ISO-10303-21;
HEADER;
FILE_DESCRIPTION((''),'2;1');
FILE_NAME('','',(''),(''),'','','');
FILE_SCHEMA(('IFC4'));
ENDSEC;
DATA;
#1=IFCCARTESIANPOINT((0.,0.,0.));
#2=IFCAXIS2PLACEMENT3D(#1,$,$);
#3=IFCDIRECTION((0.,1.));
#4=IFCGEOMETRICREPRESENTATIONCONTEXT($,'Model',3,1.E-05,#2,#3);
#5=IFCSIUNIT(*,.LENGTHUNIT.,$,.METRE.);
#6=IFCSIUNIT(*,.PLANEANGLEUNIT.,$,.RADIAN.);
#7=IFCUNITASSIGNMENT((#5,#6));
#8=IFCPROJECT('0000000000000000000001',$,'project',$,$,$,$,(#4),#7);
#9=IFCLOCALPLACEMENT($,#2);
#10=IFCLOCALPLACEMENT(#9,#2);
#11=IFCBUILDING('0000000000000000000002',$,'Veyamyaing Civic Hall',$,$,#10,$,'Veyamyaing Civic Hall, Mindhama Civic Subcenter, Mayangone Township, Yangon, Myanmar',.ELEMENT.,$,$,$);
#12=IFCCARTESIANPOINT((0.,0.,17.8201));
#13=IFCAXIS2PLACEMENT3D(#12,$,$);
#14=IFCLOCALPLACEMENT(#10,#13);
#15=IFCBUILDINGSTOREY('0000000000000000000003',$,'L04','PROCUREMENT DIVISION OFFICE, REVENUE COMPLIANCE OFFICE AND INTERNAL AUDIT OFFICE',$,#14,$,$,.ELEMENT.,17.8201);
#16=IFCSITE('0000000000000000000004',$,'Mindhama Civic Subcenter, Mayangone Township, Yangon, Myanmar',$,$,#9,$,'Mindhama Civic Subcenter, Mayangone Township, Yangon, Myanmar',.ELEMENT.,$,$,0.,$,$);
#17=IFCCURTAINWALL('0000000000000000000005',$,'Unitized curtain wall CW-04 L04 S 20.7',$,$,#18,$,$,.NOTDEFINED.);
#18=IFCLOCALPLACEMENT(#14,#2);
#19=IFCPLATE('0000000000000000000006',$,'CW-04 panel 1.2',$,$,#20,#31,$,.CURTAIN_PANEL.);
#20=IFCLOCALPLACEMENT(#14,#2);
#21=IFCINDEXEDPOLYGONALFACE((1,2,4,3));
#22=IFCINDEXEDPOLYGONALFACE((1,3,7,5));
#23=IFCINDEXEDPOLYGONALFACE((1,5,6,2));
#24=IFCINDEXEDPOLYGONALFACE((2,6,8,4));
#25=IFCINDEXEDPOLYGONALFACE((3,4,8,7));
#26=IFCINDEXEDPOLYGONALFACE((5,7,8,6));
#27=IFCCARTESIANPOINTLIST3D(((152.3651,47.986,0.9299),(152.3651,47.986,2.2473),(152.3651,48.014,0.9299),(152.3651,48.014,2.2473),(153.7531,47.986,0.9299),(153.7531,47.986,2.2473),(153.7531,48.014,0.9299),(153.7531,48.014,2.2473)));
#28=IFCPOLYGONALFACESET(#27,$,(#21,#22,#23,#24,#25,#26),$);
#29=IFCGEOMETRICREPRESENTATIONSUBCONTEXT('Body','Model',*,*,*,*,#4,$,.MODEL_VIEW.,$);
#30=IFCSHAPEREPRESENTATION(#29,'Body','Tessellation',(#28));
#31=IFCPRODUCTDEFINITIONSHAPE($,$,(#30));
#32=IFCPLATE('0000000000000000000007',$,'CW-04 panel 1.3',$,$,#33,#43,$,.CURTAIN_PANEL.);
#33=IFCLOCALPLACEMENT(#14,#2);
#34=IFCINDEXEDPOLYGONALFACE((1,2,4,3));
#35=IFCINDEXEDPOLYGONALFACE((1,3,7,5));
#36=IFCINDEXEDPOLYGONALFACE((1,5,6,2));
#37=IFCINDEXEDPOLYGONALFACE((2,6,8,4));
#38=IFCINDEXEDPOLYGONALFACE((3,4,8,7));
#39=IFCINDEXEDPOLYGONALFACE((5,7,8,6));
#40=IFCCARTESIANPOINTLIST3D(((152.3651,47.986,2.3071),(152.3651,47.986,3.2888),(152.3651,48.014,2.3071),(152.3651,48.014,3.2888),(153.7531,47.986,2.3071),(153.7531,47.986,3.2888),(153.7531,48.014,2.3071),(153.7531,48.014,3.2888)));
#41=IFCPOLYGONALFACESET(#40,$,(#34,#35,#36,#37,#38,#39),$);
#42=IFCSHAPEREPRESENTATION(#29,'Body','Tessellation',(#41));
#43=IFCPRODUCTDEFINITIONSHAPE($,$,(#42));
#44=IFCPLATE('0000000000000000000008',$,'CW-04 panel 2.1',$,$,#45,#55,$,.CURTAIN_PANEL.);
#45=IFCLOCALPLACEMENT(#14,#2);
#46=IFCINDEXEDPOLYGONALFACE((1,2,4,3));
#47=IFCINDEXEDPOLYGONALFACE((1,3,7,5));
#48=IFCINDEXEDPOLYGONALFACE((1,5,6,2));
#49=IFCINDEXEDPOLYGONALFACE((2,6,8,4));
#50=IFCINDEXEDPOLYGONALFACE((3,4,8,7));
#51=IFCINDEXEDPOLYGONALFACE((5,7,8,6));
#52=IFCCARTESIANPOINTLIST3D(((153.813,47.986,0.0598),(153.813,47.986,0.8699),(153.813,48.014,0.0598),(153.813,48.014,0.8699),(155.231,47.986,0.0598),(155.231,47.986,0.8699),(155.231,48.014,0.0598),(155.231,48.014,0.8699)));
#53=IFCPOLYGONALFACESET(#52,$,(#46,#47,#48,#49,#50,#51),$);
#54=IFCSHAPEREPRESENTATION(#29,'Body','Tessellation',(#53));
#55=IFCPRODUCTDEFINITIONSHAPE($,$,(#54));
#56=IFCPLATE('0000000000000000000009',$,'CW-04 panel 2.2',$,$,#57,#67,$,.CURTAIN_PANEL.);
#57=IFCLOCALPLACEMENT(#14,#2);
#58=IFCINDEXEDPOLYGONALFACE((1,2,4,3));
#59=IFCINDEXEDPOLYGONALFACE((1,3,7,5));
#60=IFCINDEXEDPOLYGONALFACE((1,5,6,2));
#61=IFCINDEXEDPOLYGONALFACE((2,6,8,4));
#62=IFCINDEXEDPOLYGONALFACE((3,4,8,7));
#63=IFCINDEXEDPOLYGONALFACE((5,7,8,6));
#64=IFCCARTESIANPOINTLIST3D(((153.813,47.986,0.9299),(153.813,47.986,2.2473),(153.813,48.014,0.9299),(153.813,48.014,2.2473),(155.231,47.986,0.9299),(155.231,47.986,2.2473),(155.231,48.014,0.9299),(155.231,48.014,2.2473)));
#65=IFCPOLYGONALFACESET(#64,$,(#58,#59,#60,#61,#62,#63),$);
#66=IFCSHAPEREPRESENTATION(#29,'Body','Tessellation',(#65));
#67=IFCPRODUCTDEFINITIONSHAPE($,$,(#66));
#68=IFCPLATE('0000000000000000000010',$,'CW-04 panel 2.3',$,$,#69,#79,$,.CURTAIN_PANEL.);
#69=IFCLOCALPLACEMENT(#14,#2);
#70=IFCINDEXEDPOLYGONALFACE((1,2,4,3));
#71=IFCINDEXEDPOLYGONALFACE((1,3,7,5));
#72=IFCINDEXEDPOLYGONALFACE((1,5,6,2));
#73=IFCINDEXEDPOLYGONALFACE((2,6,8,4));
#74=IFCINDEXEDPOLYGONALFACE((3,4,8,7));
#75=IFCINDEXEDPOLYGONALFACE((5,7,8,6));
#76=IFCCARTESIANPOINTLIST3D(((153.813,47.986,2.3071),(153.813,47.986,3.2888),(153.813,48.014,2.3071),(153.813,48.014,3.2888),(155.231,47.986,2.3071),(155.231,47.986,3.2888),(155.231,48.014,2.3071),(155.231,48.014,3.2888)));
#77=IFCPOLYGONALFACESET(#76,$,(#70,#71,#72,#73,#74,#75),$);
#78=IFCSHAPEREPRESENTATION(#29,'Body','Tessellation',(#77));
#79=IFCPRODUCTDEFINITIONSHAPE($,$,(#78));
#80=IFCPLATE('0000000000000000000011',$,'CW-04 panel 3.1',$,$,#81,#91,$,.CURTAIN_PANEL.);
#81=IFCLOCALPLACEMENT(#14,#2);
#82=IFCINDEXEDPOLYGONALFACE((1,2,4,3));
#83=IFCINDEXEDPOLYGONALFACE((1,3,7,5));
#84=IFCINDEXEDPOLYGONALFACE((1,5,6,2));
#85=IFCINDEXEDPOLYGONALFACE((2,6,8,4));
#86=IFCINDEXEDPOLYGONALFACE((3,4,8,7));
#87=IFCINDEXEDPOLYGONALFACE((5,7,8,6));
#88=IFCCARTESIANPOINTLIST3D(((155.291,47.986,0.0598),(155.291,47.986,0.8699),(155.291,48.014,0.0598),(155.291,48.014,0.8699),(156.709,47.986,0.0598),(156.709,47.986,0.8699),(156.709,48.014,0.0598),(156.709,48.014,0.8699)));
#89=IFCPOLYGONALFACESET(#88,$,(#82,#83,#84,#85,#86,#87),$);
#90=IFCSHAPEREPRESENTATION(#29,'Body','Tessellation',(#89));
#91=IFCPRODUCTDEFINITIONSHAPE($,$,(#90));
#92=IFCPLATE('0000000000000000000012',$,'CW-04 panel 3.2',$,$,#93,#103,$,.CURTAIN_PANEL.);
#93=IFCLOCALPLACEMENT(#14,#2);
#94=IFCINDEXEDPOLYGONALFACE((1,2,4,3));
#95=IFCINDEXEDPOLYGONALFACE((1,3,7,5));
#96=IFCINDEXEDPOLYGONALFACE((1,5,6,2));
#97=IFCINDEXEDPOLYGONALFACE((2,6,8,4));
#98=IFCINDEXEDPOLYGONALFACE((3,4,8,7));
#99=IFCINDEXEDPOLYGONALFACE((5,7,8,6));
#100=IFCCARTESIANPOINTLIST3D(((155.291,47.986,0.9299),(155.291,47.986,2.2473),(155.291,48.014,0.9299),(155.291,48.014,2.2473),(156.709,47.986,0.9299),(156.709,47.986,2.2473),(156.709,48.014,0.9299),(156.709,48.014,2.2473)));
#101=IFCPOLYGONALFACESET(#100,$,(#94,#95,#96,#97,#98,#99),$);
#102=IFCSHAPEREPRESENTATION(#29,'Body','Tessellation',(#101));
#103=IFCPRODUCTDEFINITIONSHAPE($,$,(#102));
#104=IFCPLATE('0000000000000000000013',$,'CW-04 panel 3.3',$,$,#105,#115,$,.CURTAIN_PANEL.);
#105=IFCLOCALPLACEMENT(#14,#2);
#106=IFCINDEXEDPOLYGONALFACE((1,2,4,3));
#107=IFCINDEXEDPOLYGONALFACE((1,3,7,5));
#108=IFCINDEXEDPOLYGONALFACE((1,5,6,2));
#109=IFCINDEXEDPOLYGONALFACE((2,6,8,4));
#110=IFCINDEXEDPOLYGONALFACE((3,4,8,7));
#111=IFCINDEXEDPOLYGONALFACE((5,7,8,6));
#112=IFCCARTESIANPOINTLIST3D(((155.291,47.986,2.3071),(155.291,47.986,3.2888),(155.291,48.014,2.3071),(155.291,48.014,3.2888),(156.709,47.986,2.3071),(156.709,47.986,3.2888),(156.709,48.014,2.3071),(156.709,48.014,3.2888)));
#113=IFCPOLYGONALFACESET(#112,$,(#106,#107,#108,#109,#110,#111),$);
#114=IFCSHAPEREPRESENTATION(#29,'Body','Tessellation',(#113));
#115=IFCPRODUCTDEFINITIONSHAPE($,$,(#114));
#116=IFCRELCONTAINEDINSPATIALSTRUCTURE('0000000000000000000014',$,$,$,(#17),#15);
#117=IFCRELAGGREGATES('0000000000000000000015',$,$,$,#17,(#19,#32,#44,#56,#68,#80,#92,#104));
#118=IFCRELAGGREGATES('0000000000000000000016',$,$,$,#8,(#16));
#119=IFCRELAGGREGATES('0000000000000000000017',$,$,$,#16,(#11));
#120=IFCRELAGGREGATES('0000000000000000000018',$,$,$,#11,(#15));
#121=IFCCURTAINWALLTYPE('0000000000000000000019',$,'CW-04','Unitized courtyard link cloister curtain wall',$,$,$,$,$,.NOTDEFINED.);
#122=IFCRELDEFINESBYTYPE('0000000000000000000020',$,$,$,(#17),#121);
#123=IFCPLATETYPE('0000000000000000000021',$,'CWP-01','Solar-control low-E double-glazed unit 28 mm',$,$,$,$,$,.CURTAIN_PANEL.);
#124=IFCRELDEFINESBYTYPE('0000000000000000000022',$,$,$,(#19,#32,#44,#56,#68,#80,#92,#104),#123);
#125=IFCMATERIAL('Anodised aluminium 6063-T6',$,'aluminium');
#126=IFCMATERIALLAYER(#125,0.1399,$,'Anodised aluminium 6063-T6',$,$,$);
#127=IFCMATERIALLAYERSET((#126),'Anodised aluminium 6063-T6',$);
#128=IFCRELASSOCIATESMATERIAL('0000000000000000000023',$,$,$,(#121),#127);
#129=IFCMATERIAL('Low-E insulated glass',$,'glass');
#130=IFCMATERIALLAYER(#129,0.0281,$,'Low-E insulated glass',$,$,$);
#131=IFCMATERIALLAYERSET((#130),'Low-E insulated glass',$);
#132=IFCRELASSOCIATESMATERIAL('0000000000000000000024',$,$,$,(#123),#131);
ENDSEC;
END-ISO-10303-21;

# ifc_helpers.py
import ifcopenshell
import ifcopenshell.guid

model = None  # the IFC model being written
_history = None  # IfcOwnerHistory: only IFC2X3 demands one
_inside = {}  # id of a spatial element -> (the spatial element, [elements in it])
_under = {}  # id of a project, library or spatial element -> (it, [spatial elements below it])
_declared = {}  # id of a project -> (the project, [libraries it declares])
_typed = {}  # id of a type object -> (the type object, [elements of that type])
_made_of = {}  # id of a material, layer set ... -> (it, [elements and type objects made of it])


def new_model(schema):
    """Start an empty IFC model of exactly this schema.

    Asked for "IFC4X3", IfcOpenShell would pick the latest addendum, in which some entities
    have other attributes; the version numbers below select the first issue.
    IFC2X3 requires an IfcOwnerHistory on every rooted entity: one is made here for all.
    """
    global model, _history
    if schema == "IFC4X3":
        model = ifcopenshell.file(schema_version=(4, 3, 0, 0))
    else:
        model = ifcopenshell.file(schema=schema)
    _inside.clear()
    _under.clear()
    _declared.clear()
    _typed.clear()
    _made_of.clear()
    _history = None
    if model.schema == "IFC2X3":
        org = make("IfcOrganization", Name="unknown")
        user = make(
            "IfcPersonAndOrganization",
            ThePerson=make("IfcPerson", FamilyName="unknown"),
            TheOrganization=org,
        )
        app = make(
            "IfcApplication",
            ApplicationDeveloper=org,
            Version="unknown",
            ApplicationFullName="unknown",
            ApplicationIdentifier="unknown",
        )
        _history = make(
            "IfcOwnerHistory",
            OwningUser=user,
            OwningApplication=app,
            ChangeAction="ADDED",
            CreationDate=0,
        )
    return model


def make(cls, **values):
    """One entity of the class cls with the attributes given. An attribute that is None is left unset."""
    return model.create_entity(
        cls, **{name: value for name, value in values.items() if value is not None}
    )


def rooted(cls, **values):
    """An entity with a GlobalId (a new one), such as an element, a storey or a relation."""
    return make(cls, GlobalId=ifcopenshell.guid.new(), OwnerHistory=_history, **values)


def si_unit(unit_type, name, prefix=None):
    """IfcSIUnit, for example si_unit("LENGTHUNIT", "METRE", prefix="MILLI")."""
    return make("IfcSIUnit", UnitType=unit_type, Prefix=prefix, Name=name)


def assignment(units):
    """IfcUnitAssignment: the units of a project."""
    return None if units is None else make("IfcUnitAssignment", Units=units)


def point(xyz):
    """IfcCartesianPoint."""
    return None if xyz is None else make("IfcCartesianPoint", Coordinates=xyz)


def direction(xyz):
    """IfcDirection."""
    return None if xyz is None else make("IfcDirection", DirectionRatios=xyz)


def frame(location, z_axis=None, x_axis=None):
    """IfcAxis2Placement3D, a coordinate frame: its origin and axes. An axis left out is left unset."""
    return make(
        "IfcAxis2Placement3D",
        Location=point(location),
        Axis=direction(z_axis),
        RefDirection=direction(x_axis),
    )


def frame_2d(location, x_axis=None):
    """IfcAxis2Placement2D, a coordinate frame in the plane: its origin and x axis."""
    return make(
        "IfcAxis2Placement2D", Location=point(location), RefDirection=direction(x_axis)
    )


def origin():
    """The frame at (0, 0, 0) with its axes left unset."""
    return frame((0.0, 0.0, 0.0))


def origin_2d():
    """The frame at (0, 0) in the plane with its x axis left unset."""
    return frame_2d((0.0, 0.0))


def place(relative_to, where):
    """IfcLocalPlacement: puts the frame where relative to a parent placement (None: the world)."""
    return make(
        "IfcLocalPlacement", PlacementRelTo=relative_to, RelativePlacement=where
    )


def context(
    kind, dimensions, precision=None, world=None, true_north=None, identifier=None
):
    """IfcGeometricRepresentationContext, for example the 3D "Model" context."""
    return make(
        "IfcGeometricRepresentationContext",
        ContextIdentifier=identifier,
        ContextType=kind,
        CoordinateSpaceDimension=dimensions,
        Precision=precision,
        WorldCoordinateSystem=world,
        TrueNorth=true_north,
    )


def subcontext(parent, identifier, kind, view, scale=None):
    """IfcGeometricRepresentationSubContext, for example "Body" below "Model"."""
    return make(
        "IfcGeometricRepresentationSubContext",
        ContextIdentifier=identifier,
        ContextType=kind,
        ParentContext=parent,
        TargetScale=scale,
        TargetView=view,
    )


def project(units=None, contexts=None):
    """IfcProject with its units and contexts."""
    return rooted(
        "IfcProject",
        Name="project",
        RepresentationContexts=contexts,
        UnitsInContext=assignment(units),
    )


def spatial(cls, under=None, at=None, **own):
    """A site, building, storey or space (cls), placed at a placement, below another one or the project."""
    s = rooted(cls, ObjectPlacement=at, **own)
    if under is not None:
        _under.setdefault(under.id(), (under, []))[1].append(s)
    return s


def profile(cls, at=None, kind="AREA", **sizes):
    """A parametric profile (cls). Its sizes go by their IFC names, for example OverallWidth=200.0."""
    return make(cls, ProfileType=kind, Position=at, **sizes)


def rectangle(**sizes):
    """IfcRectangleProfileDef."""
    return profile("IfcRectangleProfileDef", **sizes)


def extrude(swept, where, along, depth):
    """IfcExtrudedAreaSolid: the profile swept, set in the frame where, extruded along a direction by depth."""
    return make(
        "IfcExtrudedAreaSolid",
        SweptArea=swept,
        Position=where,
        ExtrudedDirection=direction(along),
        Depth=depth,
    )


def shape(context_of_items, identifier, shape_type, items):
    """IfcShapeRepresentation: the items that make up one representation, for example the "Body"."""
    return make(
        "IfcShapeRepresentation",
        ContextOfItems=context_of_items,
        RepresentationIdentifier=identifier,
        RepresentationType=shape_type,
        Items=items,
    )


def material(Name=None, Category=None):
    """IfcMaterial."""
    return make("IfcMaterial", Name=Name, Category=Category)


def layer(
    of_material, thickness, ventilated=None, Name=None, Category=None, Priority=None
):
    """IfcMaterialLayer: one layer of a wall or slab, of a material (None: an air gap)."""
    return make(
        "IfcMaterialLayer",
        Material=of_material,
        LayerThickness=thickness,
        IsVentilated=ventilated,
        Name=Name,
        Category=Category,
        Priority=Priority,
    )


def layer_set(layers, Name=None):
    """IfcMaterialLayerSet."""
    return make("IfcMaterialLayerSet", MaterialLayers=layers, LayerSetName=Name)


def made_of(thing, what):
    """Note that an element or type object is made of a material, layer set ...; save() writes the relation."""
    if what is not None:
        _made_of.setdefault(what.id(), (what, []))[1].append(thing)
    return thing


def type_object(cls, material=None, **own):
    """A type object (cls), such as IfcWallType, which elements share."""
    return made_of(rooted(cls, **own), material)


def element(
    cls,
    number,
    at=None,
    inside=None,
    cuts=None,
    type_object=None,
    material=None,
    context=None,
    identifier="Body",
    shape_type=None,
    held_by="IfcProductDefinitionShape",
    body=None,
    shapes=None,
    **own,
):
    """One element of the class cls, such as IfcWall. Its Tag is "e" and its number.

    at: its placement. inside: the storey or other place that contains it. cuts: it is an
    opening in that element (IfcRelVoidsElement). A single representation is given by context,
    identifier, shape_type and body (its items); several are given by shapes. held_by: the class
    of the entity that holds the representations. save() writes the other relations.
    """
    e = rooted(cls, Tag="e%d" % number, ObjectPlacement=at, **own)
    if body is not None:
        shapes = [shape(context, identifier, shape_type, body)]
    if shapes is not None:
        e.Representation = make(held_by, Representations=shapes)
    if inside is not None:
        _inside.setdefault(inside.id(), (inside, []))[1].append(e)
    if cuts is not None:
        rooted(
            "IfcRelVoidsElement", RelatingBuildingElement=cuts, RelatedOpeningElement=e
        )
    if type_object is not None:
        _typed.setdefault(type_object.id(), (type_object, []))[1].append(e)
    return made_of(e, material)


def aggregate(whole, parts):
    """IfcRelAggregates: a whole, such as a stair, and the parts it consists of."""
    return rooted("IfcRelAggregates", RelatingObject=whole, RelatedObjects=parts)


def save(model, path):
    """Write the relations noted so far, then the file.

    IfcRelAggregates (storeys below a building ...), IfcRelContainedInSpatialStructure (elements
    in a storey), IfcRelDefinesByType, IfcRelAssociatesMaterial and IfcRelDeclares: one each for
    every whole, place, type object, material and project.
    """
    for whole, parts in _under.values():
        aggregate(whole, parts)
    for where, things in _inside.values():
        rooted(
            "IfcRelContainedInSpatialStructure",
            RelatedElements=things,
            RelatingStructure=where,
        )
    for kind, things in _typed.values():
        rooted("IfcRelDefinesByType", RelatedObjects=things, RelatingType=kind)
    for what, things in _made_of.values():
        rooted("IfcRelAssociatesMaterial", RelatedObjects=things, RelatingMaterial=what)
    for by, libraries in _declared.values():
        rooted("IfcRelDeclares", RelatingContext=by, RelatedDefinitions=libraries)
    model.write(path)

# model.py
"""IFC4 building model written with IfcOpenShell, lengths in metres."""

from ifc_helpers import new_model, si_unit, direction, frame, origin, origin_2d, place, context, subcontext, project, spatial, rectangle, extrude, material, layer, layer_set, type_object, element, aggregate, save


model = new_model("IFC4")

# Units and contexts
model_context = context("Model", 3, precision=1e-05, world=origin(), true_north=direction((0.0, 1.0)))
body_context = subcontext(model_context, "Body", "Model", "MODEL_VIEW")
ifc_project = project(units=[si_unit("LENGTHUNIT", "METRE"), si_unit("PLANEANGLEUNIT", "RADIAN")], contexts=[model_context])

# Site, building, storey
site_placement = place(None, origin())
site = spatial("IfcSite", under=ifc_project, at=site_placement, Name="Mindhama Civic Subcenter, Mayangone Township, Yangon, Myanmar", LongName="Mindhama Civic Subcenter, Mayangone Township, Yangon, Myanmar", CompositionType="ELEMENT", RefElevation=0.0)
building_placement = place(site_placement, origin())
building = spatial("IfcBuilding", under=site, at=building_placement, Name="Veyamyaing Civic Hall", LongName="Veyamyaing Civic Hall, Mindhama Civic Subcenter, Mayangone Township, Yangon, Myanmar", CompositionType="ELEMENT")
storey_placement = place(building_placement, frame((0.0, 0.0, 17.8201)))
storey = spatial("IfcBuildingStorey", under=building, at=storey_placement, Name="L04", Description="PROCUREMENT DIVISION OFFICE, REVENUE COMPLIANCE OFFICE AND INTERNAL AUDIT OFFICE", CompositionType="ELEMENT", Elevation=17.8201)

# Shared definitions
ifc_material_1 = material(Name="Anodised aluminium 6063-T6", Category="aluminium")
ifc_layer_1 = layer(ifc_material_1, 0.1399, Name="Anodised aluminium 6063-T6")
ifc_layer_set_1 = layer_set([ifc_layer_1], Name="Anodised aluminium 6063-T6")
curtain_wall_type = type_object("IfcCurtainWallType", Name="CW-04", Description="Unitized courtyard link cloister curtain wall", PredefinedType="NOTDEFINED", material=ifc_layer_set_1)

# Curtain wall
curtain_wall_1_placement = place(storey_placement, origin())
curtain_wall_1 = element("IfcCurtainWall", 1, at=curtain_wall_1_placement, inside=storey, type_object=curtain_wall_type, Name="Unitized curtain wall CW-04 L04 S 20.7", PredefinedType="NOTDEFINED")

# Plates
ifc_material_2 = material(Name="Low-E insulated glass", Category="glass")
ifc_layer_2 = layer(ifc_material_2, 0.0281, Name="Low-E insulated glass")
ifc_layer_set_2 = layer_set([ifc_layer_2], Name="Low-E insulated glass")
plate_type = type_object("IfcPlateType", Name="CWP-01", Description="Solar-control low-E double-glazed unit 28 mm", PredefinedType="CURTAIN_PANEL", material=ifc_layer_set_2)
plate_1_placement = place(storey_placement, frame((153.0591, 48.0, 0.9299), z_axis=(0.0, 0.0, 1.0), x_axis=(1.0, 0.0, 0.0)))
plate_1 = element("IfcPlate", 2, at=plate_1_placement, type_object=plate_type, Name="CW-04 panel 1.2", PredefinedType="CURTAIN_PANEL", context=body_context, shape_type="SweptSolid", body=[
    extrude(rectangle(XDim=1.3879, YDim=0.0281, at=origin_2d()), origin(), (0.0, 0.0, 1.0), 1.3174),
])
plate_2_placement = place(storey_placement, frame((153.0591, 48.0, 2.3071), z_axis=(0.0, 0.0, 1.0), x_axis=(1.0, 0.0, 0.0)))
plate_2 = element("IfcPlate", 3, at=plate_2_placement, type_object=plate_type, Name="CW-04 panel 1.3", PredefinedType="CURTAIN_PANEL", context=body_context, shape_type="SweptSolid", body=[
    extrude(rectangle(XDim=1.3879, YDim=0.0281, at=origin_2d()), origin(), (0.0, 0.0, 1.0), 0.9817),
])
plate_3_placement = place(storey_placement, frame((154.522, 48.0, 0.0598), z_axis=(0.0, 0.0, 1.0), x_axis=(1.0, 0.0, 0.0)))
plate_3 = element("IfcPlate", 4, at=plate_3_placement, type_object=plate_type, Name="CW-04 panel 2.1", PredefinedType="CURTAIN_PANEL", context=body_context, shape_type="SweptSolid", body=[
    extrude(rectangle(XDim=1.418, YDim=0.0281, at=origin_2d()), origin(), (0.0, 0.0, 1.0), 0.8101),
])
plate_4_placement = place(storey_placement, frame((154.522, 48.0, 0.9299), z_axis=(0.0, 0.0, 1.0), x_axis=(1.0, 0.0, 0.0)))
plate_4 = element("IfcPlate", 5, at=plate_4_placement, type_object=plate_type, Name="CW-04 panel 2.2", PredefinedType="CURTAIN_PANEL", context=body_context, shape_type="SweptSolid", body=[
    extrude(rectangle(XDim=1.418, YDim=0.0281, at=origin_2d()), origin(), (0.0, 0.0, 1.0), 1.3174),
])
plate_5_placement = place(storey_placement, frame((154.522, 48.0, 2.3071), z_axis=(0.0, 0.0, 1.0), x_axis=(1.0, 0.0, 0.0)))
plate_5 = element("IfcPlate", 6, at=plate_5_placement, type_object=plate_type, Name="CW-04 panel 2.3", PredefinedType="CURTAIN_PANEL", context=body_context, shape_type="SweptSolid", body=[
    extrude(rectangle(XDim=1.418, YDim=0.0281, at=origin_2d()), origin(), (0.0, 0.0, 1.0), 0.9817),
])
plate_6_placement = place(storey_placement, frame((156.0, 48.0, 0.0598), z_axis=(0.0, 0.0, 1.0), x_axis=(1.0, 0.0, 0.0)))
plate_6 = element("IfcPlate", 7, at=plate_6_placement, type_object=plate_type, Name="CW-04 panel 3.1", PredefinedType="CURTAIN_PANEL", context=body_context, shape_type="SweptSolid", body=[
    extrude(rectangle(XDim=1.418, YDim=0.0281, at=origin_2d()), origin(), (0.0, 0.0, 1.0), 0.8101),
])
plate_7_placement = place(storey_placement, frame((156.0, 48.0, 0.9299), z_axis=(0.0, 0.0, 1.0), x_axis=(1.0, 0.0, 0.0)))
plate_7 = element("IfcPlate", 8, at=plate_7_placement, type_object=plate_type, Name="CW-04 panel 3.2", PredefinedType="CURTAIN_PANEL", context=body_context, shape_type="SweptSolid", body=[
    extrude(rectangle(XDim=1.418, YDim=0.0281, at=origin_2d()), origin(), (0.0, 0.0, 1.0), 1.3174),
])
plate_8_placement = place(storey_placement, frame((156.0, 48.0, 2.3071), z_axis=(0.0, 0.0, 1.0), x_axis=(1.0, 0.0, 0.0)))
plate_8 = element("IfcPlate", 9, at=plate_8_placement, type_object=plate_type, Name="CW-04 panel 3.3", PredefinedType="CURTAIN_PANEL", context=body_context, shape_type="SweptSolid", body=[
    extrude(rectangle(XDim=1.418, YDim=0.0281, at=origin_2d()), origin(), (0.0, 0.0, 1.0), 0.9817),
])
aggregate(curtain_wall_1, [plate_1, plate_2, plate_3, plate_4, plate_5, plate_6, plate_7, plate_8])

save(model, "model.ifc")
